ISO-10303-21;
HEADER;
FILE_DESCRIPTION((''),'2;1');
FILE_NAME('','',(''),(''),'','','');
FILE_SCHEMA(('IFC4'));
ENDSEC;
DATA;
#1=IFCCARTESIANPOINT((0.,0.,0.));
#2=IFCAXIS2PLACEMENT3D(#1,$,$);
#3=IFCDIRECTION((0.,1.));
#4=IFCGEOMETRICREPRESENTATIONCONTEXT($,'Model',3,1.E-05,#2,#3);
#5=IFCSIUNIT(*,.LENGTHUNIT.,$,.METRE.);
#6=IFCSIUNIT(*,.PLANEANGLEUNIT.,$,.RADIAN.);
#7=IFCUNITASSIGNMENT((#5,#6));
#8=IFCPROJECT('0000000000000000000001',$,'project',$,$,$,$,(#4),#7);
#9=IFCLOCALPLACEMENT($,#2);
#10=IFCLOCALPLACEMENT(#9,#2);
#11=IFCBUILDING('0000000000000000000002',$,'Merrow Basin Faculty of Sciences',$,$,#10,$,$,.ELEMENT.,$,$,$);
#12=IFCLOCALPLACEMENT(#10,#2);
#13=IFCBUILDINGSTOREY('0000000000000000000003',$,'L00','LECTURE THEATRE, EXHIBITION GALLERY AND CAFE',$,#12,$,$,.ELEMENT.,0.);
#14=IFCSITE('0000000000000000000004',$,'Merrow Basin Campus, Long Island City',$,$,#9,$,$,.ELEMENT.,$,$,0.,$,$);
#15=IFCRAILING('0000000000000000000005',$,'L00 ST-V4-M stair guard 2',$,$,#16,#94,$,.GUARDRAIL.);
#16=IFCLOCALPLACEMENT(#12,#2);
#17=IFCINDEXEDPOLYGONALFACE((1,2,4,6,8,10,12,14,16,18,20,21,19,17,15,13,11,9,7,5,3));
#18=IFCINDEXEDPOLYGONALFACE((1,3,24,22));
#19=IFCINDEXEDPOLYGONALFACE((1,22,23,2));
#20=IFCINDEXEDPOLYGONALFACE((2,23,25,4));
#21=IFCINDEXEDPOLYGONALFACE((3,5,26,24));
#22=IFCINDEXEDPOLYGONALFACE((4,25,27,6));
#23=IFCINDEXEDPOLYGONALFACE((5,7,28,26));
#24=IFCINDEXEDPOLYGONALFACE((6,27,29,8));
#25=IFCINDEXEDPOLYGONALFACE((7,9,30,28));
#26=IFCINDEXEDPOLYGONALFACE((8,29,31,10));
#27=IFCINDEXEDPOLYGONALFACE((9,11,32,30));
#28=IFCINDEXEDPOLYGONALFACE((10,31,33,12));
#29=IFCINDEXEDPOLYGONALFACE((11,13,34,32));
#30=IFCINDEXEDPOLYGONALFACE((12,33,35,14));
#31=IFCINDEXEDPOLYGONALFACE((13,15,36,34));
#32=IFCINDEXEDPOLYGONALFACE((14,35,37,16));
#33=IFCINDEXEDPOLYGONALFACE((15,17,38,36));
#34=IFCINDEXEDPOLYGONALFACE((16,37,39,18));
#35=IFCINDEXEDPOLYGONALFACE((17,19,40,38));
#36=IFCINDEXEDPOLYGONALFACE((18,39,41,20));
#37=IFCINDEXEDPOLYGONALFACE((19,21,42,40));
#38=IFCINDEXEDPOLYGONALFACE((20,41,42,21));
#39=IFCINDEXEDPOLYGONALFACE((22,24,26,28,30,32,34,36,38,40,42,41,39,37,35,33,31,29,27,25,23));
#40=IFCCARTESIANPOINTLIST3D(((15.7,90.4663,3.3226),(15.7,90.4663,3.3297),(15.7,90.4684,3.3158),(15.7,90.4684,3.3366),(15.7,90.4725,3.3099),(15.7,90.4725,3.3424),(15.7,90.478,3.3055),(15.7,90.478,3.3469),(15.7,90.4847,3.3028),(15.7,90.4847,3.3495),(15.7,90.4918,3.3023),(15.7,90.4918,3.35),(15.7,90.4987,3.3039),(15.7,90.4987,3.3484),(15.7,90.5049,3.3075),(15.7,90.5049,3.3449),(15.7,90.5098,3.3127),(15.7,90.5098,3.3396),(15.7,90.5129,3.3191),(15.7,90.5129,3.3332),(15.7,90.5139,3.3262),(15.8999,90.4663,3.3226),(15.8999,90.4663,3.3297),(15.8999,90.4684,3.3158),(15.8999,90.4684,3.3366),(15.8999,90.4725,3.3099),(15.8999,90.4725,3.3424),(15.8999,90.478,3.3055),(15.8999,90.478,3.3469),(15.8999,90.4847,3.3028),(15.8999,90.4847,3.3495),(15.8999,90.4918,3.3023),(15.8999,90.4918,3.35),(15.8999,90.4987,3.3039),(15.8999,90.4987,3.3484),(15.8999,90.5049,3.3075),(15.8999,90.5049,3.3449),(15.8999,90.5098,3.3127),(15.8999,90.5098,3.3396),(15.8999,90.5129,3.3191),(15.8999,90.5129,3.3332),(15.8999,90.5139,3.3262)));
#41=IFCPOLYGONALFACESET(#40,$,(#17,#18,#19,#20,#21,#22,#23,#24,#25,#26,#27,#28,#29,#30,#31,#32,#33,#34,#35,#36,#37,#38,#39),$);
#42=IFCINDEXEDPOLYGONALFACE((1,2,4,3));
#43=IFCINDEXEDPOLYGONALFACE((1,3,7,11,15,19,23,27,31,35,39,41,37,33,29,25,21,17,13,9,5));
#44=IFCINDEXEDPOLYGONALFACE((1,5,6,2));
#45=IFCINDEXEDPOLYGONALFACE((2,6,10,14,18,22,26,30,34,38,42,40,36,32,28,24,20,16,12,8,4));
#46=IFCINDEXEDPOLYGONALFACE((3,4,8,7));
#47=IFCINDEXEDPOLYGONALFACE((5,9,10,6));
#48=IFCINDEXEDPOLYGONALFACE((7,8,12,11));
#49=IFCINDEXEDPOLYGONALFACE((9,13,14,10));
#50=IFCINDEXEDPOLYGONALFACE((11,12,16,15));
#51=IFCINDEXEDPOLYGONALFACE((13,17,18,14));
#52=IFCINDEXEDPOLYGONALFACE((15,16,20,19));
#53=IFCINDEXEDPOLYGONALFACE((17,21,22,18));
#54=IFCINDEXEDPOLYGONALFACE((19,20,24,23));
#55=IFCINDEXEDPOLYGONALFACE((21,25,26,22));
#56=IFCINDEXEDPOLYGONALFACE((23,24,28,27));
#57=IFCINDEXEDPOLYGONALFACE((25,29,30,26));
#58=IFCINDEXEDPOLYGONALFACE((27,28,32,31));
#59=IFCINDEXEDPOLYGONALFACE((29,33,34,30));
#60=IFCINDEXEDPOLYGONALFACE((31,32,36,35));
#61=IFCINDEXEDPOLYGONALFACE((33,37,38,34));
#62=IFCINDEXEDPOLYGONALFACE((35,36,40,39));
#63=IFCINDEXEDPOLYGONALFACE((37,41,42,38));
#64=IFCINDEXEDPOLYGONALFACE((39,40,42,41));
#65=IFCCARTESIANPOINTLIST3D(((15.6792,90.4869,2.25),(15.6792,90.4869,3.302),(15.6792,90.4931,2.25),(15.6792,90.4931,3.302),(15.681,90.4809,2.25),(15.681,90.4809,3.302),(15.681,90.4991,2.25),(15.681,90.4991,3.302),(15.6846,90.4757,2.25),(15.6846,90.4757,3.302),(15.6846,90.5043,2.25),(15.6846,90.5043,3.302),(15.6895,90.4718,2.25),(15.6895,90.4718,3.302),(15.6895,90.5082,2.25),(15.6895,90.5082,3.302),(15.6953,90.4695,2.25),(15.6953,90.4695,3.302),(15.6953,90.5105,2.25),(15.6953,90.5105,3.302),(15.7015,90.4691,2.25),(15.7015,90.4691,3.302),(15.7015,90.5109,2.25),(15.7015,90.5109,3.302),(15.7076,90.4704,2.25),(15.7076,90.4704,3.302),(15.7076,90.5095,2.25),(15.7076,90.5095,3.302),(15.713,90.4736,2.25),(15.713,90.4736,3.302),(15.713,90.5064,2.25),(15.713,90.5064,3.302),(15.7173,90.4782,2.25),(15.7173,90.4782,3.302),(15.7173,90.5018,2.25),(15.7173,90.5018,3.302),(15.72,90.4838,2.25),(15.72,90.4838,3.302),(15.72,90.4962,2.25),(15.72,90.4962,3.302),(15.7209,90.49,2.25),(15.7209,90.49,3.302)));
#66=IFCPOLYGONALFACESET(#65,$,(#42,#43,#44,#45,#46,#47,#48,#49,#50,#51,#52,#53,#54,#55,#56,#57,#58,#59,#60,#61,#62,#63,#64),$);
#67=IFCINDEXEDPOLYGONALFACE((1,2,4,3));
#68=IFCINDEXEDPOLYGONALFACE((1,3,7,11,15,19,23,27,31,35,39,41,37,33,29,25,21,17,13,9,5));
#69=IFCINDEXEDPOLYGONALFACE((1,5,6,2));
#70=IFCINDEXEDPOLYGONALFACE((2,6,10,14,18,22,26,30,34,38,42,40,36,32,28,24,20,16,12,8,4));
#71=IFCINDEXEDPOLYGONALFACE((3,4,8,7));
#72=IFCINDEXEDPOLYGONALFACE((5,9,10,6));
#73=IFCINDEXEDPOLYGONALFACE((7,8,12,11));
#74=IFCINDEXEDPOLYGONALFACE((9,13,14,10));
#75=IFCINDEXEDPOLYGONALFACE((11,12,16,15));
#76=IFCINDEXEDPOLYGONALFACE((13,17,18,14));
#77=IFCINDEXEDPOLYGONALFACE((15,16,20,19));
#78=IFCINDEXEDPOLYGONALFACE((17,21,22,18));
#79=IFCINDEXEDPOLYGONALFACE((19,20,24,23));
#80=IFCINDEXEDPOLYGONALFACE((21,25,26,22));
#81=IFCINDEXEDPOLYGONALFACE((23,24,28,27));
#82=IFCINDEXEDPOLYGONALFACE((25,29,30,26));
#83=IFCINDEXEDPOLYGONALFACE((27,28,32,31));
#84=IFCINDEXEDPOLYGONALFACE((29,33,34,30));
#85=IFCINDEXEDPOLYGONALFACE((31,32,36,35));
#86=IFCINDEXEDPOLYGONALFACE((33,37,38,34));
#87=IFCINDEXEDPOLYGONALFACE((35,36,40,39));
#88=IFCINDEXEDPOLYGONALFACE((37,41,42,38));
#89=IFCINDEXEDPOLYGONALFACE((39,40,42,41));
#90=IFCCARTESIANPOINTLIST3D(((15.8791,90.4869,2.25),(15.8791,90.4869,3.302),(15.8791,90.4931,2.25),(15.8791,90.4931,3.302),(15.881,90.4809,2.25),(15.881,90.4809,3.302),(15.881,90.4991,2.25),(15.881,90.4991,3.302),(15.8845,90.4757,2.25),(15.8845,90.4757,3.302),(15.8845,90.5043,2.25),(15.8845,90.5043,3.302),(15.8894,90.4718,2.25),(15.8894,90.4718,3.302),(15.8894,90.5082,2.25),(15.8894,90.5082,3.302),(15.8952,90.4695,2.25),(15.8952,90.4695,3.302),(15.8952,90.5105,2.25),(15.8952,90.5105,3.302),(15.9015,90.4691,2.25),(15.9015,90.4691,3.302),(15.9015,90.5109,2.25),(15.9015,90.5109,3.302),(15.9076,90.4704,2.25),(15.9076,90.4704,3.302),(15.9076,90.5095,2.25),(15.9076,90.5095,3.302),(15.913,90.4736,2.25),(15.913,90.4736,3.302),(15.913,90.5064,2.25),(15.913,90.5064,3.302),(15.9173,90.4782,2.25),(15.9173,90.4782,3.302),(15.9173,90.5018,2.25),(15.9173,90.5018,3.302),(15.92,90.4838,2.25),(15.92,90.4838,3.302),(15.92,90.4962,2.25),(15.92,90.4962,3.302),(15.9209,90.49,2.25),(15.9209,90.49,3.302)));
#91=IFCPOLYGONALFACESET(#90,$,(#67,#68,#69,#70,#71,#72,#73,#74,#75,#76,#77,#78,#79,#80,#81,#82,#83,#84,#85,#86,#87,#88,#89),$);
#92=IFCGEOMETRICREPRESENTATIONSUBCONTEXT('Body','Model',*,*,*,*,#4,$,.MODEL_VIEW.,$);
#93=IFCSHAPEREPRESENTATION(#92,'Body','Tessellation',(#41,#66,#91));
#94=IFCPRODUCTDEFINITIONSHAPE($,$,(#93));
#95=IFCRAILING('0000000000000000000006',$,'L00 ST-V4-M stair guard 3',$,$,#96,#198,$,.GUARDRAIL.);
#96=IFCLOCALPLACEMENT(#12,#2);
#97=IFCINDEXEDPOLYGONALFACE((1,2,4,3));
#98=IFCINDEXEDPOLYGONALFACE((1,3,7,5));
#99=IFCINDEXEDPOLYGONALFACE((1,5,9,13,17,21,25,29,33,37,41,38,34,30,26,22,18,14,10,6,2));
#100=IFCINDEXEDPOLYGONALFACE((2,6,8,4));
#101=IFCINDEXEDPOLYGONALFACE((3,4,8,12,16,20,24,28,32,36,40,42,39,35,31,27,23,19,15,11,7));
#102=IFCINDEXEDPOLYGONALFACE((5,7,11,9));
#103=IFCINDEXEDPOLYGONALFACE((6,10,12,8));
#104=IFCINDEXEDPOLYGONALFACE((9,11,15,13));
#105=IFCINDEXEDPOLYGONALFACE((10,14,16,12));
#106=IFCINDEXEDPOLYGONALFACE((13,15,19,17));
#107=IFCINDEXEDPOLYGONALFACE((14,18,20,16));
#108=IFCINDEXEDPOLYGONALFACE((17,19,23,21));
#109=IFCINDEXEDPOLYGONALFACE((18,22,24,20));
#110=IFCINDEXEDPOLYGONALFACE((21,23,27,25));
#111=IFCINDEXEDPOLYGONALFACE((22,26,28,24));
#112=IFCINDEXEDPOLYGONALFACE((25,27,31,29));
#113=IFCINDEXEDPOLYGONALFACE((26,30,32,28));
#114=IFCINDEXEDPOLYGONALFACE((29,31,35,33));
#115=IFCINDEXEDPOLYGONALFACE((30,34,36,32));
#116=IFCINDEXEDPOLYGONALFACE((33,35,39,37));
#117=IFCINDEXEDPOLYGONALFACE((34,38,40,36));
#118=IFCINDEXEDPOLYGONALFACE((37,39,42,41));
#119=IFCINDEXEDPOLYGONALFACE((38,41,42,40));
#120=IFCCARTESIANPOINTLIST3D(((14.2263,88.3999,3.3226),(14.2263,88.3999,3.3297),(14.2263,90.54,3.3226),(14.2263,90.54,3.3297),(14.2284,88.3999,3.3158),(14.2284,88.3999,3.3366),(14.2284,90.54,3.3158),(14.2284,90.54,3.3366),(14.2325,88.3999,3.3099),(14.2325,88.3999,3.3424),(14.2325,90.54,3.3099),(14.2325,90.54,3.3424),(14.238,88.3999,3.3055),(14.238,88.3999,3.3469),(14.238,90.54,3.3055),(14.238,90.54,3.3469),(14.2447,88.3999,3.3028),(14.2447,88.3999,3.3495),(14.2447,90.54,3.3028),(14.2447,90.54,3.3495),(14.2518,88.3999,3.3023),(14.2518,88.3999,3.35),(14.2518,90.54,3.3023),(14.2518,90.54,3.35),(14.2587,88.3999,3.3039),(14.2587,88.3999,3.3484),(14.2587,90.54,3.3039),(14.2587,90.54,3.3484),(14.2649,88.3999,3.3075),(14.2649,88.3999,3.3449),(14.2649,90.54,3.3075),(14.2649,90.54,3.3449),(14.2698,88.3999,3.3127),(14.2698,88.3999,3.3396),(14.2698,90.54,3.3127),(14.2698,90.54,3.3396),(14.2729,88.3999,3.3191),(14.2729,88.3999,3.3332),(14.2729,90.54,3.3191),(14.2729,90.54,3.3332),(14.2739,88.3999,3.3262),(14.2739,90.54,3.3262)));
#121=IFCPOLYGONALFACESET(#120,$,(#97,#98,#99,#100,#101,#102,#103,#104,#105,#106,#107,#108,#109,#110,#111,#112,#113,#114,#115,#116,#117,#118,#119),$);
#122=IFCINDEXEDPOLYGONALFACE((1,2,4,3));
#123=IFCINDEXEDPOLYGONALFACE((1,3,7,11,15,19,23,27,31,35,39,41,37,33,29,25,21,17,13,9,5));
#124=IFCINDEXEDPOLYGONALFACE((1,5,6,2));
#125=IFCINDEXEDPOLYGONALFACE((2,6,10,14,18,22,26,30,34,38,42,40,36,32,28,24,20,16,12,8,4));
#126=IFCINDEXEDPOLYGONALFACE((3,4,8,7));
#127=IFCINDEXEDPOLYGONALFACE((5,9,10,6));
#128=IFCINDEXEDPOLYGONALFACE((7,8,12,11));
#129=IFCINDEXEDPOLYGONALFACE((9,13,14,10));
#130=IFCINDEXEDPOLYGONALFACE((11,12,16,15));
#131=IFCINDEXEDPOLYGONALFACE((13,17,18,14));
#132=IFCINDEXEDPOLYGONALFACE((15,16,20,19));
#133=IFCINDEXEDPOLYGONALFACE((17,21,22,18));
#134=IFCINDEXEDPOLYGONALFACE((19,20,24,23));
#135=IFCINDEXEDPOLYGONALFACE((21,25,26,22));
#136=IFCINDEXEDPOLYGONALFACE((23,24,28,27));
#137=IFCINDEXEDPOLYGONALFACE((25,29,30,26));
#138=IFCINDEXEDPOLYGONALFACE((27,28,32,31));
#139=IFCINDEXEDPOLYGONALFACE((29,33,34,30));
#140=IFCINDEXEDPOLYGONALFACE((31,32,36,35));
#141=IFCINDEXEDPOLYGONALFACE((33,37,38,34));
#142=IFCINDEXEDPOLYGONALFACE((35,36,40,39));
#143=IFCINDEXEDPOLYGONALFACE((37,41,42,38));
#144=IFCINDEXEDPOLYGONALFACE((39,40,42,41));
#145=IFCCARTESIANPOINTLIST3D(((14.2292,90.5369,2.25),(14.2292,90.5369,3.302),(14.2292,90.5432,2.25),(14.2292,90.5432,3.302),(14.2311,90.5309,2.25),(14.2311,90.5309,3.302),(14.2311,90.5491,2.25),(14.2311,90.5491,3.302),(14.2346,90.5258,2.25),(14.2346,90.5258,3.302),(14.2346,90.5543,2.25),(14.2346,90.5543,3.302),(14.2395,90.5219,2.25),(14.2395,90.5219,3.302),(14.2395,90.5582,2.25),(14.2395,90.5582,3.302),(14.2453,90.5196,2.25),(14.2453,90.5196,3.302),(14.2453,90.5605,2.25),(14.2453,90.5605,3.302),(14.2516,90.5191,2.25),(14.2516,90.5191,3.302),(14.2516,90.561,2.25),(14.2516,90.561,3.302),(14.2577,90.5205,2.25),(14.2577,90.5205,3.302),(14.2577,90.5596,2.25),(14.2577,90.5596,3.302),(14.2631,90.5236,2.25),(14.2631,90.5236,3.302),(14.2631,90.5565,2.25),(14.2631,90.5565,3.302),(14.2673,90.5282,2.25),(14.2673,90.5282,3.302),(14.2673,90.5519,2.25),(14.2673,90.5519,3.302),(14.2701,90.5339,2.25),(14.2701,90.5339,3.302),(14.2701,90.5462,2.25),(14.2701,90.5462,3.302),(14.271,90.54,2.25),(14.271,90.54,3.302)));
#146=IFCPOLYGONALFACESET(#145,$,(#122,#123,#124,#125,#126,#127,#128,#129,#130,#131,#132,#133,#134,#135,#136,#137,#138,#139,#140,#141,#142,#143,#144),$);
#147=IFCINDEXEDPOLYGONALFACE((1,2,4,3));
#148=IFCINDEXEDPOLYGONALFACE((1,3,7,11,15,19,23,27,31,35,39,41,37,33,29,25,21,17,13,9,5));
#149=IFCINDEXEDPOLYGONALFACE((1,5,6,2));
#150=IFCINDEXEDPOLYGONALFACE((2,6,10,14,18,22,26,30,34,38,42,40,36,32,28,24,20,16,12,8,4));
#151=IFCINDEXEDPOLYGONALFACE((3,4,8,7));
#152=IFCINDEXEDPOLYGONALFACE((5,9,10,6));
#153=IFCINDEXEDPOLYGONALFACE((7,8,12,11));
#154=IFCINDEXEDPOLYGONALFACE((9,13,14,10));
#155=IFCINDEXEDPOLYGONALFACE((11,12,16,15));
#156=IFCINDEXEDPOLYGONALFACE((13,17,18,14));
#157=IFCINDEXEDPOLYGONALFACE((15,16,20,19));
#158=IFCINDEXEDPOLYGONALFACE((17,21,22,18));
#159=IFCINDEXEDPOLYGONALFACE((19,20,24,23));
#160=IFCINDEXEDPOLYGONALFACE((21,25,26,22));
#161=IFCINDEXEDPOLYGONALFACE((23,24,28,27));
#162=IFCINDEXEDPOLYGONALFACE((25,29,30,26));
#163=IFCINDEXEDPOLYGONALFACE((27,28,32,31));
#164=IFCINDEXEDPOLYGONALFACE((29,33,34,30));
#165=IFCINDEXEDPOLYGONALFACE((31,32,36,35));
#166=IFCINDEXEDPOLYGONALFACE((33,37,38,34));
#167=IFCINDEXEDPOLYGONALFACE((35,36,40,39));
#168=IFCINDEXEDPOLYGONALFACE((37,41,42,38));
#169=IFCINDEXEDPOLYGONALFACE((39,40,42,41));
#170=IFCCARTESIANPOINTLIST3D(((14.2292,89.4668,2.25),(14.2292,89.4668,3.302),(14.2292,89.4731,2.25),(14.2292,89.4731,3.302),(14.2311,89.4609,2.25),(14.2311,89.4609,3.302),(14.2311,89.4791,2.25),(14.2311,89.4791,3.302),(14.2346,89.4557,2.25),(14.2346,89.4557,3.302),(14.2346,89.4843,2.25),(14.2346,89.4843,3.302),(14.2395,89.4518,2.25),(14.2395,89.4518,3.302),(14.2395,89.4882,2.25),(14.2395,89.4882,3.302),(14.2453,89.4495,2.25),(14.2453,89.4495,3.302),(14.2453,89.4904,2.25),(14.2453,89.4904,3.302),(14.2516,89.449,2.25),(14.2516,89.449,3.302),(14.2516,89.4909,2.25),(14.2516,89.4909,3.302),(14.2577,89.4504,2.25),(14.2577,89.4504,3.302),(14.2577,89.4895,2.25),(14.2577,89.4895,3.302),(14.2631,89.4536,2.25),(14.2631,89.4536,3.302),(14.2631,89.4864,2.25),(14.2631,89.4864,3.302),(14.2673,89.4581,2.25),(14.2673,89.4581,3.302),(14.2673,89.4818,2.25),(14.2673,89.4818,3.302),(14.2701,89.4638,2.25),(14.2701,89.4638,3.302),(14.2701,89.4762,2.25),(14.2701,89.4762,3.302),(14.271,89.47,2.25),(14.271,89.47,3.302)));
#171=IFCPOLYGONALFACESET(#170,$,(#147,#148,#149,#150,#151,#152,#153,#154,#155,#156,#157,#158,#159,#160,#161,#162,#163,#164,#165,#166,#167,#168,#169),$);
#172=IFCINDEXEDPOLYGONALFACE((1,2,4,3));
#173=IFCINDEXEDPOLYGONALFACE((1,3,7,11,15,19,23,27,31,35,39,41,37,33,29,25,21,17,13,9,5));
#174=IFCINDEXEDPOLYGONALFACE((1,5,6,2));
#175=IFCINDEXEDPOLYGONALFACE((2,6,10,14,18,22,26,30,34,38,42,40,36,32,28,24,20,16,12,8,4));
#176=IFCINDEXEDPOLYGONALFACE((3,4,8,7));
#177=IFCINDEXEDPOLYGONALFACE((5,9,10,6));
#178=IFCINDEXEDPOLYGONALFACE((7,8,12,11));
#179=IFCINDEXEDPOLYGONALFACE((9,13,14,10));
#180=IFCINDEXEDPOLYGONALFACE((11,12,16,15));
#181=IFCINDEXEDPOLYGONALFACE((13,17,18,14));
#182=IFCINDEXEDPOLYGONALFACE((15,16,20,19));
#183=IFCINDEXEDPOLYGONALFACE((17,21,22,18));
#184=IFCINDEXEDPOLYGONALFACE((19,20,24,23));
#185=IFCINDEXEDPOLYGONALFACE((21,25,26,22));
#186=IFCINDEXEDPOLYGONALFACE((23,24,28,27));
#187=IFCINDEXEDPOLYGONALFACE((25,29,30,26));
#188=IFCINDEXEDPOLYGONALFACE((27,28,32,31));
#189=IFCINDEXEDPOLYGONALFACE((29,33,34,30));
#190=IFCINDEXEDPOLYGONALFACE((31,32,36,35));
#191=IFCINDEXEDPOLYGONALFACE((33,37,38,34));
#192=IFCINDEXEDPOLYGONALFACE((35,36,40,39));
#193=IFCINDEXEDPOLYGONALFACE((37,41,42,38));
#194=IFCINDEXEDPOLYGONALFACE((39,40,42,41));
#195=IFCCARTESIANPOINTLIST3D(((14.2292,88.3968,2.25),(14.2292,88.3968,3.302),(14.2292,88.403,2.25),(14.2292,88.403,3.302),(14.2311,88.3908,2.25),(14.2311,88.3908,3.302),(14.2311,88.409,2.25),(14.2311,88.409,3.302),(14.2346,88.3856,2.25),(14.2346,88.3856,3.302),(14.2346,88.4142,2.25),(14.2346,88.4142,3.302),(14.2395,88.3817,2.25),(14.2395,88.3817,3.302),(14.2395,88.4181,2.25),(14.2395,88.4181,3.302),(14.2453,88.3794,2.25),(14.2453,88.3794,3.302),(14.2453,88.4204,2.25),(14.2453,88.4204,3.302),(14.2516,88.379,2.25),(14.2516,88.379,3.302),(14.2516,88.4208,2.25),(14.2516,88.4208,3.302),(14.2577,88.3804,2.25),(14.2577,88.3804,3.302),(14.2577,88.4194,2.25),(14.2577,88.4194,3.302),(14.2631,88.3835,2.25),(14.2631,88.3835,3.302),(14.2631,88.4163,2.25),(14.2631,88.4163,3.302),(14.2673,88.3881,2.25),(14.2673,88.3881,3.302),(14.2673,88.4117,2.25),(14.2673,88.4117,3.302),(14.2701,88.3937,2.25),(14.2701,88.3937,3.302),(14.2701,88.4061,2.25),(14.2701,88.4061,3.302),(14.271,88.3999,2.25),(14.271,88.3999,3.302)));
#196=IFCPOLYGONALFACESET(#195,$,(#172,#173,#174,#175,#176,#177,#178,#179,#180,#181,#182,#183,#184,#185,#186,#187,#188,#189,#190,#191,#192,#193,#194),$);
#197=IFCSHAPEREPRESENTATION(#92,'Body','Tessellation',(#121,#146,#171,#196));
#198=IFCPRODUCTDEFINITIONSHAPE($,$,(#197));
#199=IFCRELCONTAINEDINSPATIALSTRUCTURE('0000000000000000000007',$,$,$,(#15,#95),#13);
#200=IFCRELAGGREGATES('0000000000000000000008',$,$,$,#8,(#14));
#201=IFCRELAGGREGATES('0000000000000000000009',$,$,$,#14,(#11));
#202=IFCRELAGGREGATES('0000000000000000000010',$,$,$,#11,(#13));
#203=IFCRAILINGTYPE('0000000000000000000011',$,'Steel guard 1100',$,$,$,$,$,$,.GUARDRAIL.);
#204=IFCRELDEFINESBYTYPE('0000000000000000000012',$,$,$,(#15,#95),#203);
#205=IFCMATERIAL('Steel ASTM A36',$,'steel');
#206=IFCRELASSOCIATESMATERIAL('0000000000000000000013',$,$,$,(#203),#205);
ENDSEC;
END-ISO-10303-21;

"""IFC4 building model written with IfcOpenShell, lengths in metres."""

from ifc_helpers import new_model, si_unit, direction, frame, origin, origin_2d, place, context, subcontext, project, spatial, circle, extrude, material, type_object, element, save


model = new_model("IFC4")

# Units and contexts
model_context = context("Model", 3, precision=1e-05, world=origin(), true_north=direction((0.0, 1.0)))
body_context = subcontext(model_context, "Body", "Model", "MODEL_VIEW")
ifc_project = project(units=[si_unit("LENGTHUNIT", "METRE"), si_unit("PLANEANGLEUNIT", "RADIAN")], contexts=[model_context])

# Site, building, storey
site_placement = place(None, origin())
site = spatial("IfcSite", under=ifc_project, at=site_placement, Name="Merrow Basin Campus, Long Island City", CompositionType="ELEMENT", RefElevation=0.0)
building_placement = place(site_placement, origin())
building = spatial("IfcBuilding", under=site, at=building_placement, Name="Merrow Basin Faculty of Sciences", CompositionType="ELEMENT")
storey_placement = place(building_placement, origin())
storey = spatial("IfcBuildingStorey", under=building, at=storey_placement, Name="L00", Description="LECTURE THEATRE, EXHIBITION GALLERY AND CAFE", CompositionType="ELEMENT", Elevation=0.0)

# Railings
ifc_material_1 = material(Name="Steel ASTM A36", Category="steel")
railing_type_1 = type_object("IfcRailingType", Name="Steel guard 1100", PredefinedType="GUARDRAIL", material=ifc_material_1)
railing_1_placement = place(storey_placement, frame((15.7, 90.49, 2.25)))
element("IfcRailing", 1, at=railing_1_placement, inside=storey, type_object=railing_type_1, Name="L00 ST-V4-M stair guard 2", PredefinedType="GUARDRAIL", context=body_context, shape_type="SweptSolid", body=[
    extrude(circle(Radius=0.0239, at=origin_2d()), frame((0.0, 0.0, 1.0762), z_axis=(1.0, 0.0, 0.0), x_axis=(0.0, 1.0, 0.0)), (0.0, 0.0, 1.0), 0.2),
    extrude(circle(Radius=0.021, at=origin_2d()), origin(), (0.0, 0.0, 1.0), 1.052),
    extrude(circle(Radius=0.021, at=origin_2d()), frame((0.2, 0.0, 0.0)), (0.0, 0.0, 1.0), 1.052),
])
railing_2_placement = place(storey_placement, frame((14.25, 90.54, 2.25)))
element("IfcRailing", 2, at=railing_2_placement, inside=storey, type_object=railing_type_1, Name="L00 ST-V4-M stair guard 3", PredefinedType="GUARDRAIL", context=body_context, shape_type="SweptSolid", body=[
    extrude(circle(Radius=0.0239, at=origin_2d()), frame((0.0, 0.0, 1.0762), z_axis=(0.0, -1.0, 0.0), x_axis=(1.0, 0.0, 0.0)), (0.0, 0.0, 1.0), 2.1401),
    extrude(circle(Radius=0.021, at=origin_2d()), origin(), (0.0, 0.0, 1.0), 1.052),
    extrude(circle(Radius=0.021, at=origin_2d()), frame((0.0, -1.0701, 0.0)), (0.0, 0.0, 1.0), 1.052),
    extrude(circle(Radius=0.021, at=origin_2d()), frame((0.0, -2.1401, 0.0)), (0.0, 0.0, 1.0), 1.052),
])

save(model, "model.ifc")
